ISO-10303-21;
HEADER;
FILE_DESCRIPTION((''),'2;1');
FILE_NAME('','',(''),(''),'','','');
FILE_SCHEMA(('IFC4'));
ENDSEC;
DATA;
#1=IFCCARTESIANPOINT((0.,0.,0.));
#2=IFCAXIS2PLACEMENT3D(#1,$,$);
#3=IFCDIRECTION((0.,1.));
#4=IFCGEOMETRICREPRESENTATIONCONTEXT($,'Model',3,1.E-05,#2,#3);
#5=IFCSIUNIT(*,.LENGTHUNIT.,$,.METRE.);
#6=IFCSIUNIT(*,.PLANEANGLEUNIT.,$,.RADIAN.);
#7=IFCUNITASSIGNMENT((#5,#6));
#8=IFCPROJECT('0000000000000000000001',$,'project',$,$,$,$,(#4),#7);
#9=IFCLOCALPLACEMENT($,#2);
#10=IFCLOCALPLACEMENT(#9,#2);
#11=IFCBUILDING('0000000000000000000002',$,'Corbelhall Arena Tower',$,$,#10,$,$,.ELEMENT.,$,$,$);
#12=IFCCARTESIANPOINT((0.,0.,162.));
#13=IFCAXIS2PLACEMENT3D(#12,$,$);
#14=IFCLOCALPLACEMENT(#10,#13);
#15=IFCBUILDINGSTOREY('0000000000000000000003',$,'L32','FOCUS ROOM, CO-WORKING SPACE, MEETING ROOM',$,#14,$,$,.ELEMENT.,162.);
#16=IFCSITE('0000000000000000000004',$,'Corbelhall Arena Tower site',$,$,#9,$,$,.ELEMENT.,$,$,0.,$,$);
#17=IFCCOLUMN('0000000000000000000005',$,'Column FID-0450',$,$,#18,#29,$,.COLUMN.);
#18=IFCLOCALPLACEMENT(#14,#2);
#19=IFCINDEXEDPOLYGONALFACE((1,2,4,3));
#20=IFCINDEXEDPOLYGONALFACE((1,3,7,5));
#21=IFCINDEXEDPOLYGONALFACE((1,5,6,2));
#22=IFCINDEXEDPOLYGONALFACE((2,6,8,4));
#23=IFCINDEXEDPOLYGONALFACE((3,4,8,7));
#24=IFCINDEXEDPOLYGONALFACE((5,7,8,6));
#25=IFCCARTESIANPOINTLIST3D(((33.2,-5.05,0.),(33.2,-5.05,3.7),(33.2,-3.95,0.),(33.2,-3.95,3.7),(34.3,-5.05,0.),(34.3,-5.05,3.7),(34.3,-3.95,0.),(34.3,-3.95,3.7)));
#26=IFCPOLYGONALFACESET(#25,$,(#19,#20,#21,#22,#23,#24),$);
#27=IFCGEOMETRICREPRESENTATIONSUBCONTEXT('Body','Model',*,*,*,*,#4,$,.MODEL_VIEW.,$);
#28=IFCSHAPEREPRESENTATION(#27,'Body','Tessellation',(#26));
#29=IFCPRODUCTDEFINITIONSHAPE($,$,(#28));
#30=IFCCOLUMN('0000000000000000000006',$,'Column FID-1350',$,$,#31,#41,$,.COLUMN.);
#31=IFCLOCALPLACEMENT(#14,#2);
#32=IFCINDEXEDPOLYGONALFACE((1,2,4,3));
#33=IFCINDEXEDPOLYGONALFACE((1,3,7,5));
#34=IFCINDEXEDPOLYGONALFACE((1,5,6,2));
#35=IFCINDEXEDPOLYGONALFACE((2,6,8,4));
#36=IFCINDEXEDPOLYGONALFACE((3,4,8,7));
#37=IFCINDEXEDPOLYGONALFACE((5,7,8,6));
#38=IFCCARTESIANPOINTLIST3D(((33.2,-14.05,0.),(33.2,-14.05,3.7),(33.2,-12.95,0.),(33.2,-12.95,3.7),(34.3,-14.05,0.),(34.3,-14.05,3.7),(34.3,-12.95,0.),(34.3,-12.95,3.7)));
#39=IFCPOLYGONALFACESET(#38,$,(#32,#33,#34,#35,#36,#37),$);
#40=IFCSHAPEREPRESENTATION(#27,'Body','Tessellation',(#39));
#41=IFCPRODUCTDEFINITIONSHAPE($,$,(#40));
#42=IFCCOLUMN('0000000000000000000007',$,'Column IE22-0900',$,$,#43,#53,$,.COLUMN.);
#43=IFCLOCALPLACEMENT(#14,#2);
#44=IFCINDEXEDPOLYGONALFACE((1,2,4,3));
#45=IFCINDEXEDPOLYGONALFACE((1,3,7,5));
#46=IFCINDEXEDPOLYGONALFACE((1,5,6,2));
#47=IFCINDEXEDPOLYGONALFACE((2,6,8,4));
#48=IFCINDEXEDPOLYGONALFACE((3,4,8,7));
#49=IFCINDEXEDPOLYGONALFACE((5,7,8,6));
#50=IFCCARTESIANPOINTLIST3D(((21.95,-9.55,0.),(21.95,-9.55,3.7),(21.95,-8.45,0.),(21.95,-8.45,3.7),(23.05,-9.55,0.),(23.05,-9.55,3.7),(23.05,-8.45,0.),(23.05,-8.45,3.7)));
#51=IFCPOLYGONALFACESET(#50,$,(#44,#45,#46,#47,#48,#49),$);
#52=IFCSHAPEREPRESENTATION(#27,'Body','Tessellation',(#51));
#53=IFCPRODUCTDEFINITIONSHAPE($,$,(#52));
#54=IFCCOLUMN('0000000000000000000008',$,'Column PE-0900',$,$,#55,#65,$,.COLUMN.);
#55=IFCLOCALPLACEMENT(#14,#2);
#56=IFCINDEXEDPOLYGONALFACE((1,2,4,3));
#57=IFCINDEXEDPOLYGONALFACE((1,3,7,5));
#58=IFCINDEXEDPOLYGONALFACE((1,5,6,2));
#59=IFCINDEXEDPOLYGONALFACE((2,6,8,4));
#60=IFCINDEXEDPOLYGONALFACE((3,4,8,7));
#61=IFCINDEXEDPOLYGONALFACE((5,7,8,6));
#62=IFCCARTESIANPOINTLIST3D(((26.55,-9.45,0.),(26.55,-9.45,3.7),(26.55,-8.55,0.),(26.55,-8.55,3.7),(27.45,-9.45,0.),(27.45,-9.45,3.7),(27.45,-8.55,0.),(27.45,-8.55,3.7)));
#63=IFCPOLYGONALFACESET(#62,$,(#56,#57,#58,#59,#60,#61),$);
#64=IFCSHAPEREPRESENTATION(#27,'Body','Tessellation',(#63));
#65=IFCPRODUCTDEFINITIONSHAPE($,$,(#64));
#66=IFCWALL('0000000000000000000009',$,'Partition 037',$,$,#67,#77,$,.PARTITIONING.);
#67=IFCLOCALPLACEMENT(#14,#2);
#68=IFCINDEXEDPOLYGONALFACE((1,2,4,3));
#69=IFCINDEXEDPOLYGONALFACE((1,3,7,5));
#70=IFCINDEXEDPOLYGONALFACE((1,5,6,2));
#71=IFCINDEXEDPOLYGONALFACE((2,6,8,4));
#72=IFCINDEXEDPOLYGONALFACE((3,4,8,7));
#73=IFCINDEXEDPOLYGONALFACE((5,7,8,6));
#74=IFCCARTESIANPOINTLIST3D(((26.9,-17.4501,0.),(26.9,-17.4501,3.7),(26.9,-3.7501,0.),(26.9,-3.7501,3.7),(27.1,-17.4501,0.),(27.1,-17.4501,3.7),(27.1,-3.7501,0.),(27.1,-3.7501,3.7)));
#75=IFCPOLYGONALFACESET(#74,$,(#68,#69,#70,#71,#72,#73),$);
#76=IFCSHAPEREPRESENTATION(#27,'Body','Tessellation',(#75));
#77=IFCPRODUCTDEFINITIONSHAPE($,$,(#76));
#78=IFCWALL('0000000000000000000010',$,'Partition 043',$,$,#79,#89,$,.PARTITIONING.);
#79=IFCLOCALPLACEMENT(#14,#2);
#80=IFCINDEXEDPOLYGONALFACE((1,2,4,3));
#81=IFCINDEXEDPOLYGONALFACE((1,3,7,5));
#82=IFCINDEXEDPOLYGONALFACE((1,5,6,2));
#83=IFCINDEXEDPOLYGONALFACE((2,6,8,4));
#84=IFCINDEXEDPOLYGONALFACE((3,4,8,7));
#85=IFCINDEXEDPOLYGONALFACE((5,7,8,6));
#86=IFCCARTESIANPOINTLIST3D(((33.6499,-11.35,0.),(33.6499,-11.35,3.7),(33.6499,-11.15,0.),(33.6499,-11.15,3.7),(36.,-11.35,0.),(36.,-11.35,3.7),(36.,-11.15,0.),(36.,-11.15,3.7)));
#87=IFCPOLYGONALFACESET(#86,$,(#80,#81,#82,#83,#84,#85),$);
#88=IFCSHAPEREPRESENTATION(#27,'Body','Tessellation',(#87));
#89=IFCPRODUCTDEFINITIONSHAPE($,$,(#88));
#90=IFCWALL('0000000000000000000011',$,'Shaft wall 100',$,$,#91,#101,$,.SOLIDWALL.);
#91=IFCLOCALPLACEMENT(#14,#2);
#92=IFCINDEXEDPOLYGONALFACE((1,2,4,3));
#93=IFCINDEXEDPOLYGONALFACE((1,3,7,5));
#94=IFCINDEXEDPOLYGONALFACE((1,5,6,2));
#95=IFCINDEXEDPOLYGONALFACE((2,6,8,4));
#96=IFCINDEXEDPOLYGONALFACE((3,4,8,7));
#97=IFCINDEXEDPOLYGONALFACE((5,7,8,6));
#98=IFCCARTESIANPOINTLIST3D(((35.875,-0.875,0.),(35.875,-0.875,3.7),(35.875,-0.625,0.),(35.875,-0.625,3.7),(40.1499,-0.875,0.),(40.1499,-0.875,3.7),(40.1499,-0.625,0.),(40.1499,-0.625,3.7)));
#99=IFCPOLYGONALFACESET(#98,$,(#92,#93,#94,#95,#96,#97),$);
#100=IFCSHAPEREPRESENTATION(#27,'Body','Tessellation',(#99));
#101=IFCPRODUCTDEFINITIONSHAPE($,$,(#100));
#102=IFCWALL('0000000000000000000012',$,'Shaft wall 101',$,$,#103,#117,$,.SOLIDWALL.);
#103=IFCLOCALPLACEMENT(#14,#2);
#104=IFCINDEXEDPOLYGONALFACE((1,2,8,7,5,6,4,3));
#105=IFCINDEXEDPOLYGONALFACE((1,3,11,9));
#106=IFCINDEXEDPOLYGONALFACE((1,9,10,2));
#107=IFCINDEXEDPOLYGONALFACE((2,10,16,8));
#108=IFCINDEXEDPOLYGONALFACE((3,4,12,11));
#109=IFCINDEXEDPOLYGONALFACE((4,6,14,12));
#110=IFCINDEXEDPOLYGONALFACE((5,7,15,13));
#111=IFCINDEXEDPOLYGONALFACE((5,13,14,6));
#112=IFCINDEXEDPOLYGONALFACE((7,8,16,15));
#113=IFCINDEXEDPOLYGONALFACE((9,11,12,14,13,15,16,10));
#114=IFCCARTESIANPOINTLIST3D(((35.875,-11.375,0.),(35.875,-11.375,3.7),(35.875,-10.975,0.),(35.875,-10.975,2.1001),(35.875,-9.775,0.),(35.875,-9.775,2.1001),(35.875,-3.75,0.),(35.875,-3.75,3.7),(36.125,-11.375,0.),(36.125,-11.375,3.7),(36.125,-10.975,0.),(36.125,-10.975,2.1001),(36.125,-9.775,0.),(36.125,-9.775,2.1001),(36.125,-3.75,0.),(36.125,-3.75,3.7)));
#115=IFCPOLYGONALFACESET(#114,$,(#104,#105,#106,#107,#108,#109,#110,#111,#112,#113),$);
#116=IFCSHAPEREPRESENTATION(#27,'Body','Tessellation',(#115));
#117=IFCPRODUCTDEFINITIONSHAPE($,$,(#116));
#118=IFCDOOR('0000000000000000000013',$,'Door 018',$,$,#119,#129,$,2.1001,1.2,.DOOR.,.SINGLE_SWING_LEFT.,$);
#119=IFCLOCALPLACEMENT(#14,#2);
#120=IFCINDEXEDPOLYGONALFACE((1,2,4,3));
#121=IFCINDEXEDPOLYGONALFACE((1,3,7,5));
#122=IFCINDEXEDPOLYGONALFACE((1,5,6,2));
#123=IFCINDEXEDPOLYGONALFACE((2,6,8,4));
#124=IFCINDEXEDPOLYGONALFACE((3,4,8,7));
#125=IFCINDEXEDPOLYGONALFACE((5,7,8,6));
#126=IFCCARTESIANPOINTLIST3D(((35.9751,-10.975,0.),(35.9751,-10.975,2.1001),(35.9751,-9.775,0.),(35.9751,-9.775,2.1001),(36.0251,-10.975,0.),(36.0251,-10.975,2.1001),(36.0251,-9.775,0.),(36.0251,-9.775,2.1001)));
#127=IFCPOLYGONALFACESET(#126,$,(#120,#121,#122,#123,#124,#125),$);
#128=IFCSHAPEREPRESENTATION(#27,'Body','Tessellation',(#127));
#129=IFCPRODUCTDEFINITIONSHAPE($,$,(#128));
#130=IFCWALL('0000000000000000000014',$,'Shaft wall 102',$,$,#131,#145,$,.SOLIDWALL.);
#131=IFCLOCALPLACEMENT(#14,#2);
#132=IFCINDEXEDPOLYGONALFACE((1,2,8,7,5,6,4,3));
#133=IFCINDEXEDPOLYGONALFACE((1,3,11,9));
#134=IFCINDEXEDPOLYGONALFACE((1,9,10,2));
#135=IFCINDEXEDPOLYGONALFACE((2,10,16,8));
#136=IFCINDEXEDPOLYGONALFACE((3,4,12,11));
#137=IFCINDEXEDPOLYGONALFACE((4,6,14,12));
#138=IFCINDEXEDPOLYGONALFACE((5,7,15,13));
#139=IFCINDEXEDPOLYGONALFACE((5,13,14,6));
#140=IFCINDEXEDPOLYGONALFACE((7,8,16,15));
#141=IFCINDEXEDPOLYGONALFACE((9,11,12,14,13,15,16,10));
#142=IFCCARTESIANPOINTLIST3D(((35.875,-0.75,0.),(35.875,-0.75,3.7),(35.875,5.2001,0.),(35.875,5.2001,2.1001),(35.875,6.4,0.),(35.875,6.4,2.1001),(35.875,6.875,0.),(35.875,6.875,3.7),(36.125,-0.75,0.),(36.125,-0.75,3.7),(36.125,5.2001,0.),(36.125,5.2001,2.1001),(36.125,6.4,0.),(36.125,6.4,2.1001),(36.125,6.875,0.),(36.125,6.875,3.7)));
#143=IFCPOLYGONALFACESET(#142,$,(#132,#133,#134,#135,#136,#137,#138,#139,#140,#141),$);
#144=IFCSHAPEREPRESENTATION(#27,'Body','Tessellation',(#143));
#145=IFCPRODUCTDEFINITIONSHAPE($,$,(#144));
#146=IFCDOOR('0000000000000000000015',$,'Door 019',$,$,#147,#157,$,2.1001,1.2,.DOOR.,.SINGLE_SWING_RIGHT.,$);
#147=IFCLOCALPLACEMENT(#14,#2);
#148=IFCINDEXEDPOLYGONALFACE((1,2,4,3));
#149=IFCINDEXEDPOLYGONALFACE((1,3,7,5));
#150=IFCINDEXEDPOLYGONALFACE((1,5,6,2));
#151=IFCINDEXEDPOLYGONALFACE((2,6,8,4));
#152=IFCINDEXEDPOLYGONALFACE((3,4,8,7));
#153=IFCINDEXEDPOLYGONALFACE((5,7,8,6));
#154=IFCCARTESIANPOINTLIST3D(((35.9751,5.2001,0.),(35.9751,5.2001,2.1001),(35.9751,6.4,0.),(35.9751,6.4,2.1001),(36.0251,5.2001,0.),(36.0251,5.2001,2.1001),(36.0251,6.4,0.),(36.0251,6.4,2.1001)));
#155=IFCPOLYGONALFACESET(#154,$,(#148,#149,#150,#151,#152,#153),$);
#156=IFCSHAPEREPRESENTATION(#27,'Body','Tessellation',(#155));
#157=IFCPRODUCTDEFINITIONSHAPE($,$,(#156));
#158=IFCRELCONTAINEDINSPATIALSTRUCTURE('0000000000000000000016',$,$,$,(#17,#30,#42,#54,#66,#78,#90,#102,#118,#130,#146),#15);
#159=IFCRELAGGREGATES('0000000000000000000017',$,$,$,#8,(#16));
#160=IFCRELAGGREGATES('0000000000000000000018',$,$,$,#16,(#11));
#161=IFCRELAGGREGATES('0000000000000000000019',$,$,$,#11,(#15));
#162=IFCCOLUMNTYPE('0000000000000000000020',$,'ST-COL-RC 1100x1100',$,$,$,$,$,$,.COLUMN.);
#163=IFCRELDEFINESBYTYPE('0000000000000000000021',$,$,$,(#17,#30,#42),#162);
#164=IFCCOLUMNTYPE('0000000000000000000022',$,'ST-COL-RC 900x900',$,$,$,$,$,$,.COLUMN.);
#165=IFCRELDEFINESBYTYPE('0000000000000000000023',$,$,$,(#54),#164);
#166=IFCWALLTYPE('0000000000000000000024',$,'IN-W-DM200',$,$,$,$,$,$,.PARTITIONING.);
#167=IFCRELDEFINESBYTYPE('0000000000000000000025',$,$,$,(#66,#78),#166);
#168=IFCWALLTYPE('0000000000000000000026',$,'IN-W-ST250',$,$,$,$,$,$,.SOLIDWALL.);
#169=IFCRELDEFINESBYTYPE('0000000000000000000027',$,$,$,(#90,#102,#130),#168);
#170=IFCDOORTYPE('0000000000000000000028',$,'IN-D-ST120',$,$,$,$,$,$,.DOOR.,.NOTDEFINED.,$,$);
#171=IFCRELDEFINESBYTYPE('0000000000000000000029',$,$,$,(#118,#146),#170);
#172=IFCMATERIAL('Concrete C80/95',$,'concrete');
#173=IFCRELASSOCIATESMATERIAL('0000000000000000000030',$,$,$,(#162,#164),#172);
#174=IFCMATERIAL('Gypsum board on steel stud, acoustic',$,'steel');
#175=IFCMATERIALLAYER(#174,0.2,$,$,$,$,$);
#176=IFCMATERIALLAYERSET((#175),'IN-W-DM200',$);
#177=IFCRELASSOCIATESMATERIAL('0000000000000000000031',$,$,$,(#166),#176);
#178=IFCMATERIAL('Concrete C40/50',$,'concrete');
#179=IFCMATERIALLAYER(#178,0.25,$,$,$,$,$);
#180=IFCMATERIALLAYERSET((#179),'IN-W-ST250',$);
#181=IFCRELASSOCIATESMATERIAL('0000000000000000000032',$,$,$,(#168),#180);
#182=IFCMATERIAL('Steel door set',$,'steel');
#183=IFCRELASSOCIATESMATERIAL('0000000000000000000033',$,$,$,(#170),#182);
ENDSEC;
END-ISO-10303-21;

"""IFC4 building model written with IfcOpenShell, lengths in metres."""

from ifc_helpers import new_model, si_unit, direction, frame, frame_2d, origin, origin_2d, place, context, subcontext, project, spatial, rectangle, extrude, material, layer, layer_set, material_profile, profile_set, type_object, element, fill, save


model = new_model("IFC4")

# Units and contexts
model_context = context("Model", 3, precision=1e-05, world=origin(), true_north=direction((0.0, 1.0)))
body_context = subcontext(model_context, "Body", "Model", "MODEL_VIEW")
ifc_project = project(units=[si_unit("LENGTHUNIT", "METRE"), si_unit("PLANEANGLEUNIT", "RADIAN")], contexts=[model_context])

# Site, building, storey
site_placement = place(None, origin())
site = spatial("IfcSite", under=ifc_project, at=site_placement, Name="Corbelhall Arena Tower site", CompositionType="ELEMENT", RefElevation=0.0)
building_placement = place(site_placement, origin())
building = spatial("IfcBuilding", under=site, at=building_placement, Name="Corbelhall Arena Tower", CompositionType="ELEMENT")
storey_placement = place(building_placement, frame((0.0, 0.0, 162.0)))
storey = spatial("IfcBuildingStorey", under=building, at=storey_placement, Name="L32", Description="FOCUS ROOM, CO-WORKING SPACE, MEETING ROOM", CompositionType="ELEMENT", Elevation=162.0)

# Columns
ifc_material_1 = material(Name="Concrete C80/95", Category="concrete")
ifc_material_profile_1 = material_profile(ifc_material_1, rectangle(XDim=1.1001, YDim=1.1001, at=origin_2d()))
ifc_profile_set_1 = profile_set([ifc_material_profile_1], Name="Concrete C80/95")
column_type_1 = type_object("IfcColumnType", Name="ST-COL-RC 1100x1100", PredefinedType="COLUMN", material=ifc_profile_set_1)
for number, where, z_axis, x_axis, name in (
    (1, (33.75, -4.5, 0.0), (0.0, 0.0, 1.0), (1.0, 0.0, 0.0), "Column FID-0450"),
    (2, (33.75, -13.5, 0.0), (0.0, 0.0, 1.0), (1.0, 0.0, 0.0), "Column FID-1350"),
    (3, (22.5, -9.0, 0.0), (0.0, 0.0, 1.0), (1.0, 0.0, 0.0), "Column IE22-0900"),
):
    element("IfcColumn", number, at=place(storey_placement, frame(where, z_axis=z_axis, x_axis=x_axis)), inside=storey, type_object=column_type_1, Name=name, PredefinedType="COLUMN", context=body_context, shape_type="SweptSolid", body=[
        extrude(rectangle(XDim=1.1001, YDim=1.1001, at=origin_2d()), origin(), (0.0, 0.0, 1.0), 3.7),
    ])
ifc_material_profile_2 = material_profile(ifc_material_1, rectangle(XDim=0.8999, YDim=0.8999, at=origin_2d()))
ifc_profile_set_2 = profile_set([ifc_material_profile_2], Name="Concrete C80/95")
column_type_2 = type_object("IfcColumnType", Name="ST-COL-RC 900x900", PredefinedType="COLUMN", material=ifc_profile_set_2)
column_placement = place(storey_placement, frame((27.0, -9.0, 0.0), z_axis=(0.0, 0.0, 1.0), x_axis=(1.0, 0.0, 0.0)))
element("IfcColumn", 4, at=column_placement, inside=storey, type_object=column_type_2, Name="Column PE-0900", PredefinedType="COLUMN", context=body_context, shape_type="SweptSolid", body=[
    extrude(rectangle(XDim=0.8999, YDim=0.8999, at=origin_2d()), origin(), (0.0, 0.0, 1.0), 3.7),
])

# Wall
ifc_material_2 = material(Name="Gypsum board on steel stud, acoustic", Category="steel")
ifc_layer_1 = layer(ifc_material_2, 0.2)
ifc_layer_set_1 = layer_set([ifc_layer_1], Name="IN-W-DM200")
wall_type_1 = type_object("IfcWallType", Name="IN-W-DM200", PredefinedType="PARTITIONING", material=ifc_layer_set_1)
wall_1_placement = place(storey_placement, frame((27.0, -3.75, 0.0), z_axis=(0.0, 0.0, 1.0), x_axis=(0.0, -1.0, 0.0)))
element("IfcWall", 5, at=wall_1_placement, inside=storey, type_object=wall_type_1, Name="Partition 037", PredefinedType="PARTITIONING", context=body_context, shape_type="SweptSolid", body=[
    extrude(rectangle(XDim=13.7, YDim=0.2, at=frame_2d((6.8501, 0.0))), origin(), (0.0, 0.0, 1.0), 3.7),
])

# Shared definitions
ifc_material_3 = material(Name="Steel door set", Category="steel")

# Walls
wall_2_placement = place(storey_placement, frame((36.0, -11.25, 0.0), z_axis=(0.0, 0.0, 1.0), x_axis=(-1.0, 0.0, 0.0)))
element("IfcWall", 6, at=wall_2_placement, inside=storey, type_object=wall_type_1, Name="Partition 043", PredefinedType="PARTITIONING", context=body_context, shape_type="SweptSolid", body=[
    extrude(rectangle(XDim=2.3501, YDim=0.2, at=frame_2d((1.175, 0.0))), origin(), (0.0, 0.0, 1.0), 3.7),
])
ifc_material_4 = material(Name="Concrete C40/50", Category="concrete")
ifc_layer_2 = layer(ifc_material_4, 0.25)
ifc_layer_set_2 = layer_set([ifc_layer_2], Name="IN-W-ST250")
wall_type_2 = type_object("IfcWallType", Name="IN-W-ST250", PredefinedType="SOLIDWALL", material=ifc_layer_set_2)
wall_3_placement = place(storey_placement, frame((35.875, -0.75, 0.0), z_axis=(0.0, 0.0, 1.0), x_axis=(1.0, 0.0, 0.0)))
element("IfcWall", 7, at=wall_3_placement, inside=storey, type_object=wall_type_2, Name="Shaft wall 100", PredefinedType="SOLIDWALL", context=body_context, shape_type="SweptSolid", body=[
    extrude(rectangle(XDim=4.2749, YDim=0.25, at=frame_2d((2.1375, 0.0))), origin(), (0.0, 0.0, 1.0), 3.7),
])

# Walls, openings, doors
wall_4_placement = place(storey_placement, frame((36.0, -11.375, 0.0), z_axis=(0.0, 0.0, 1.0), x_axis=(0.0, 1.0, 0.0)))
wall_4 = element("IfcWall", 8, at=wall_4_placement, inside=storey, type_object=wall_type_2, Name="Shaft wall 101", PredefinedType="SOLIDWALL", context=body_context, shape_type="SweptSolid", body=[
    extrude(rectangle(XDim=7.625, YDim=0.25, at=frame_2d((3.8125, 0.0))), origin(), (0.0, 0.0, 1.0), 3.7),
])
opening_1_placement = place(wall_4_placement, frame((0.3999, 0.0, 0.0)))
opening_1 = element("IfcOpeningElement", 9, at=opening_1_placement, cuts=wall_4, PredefinedType="OPENING", context=body_context, shape_type="SweptSolid", body=[
    extrude(rectangle(XDim=1.2, YDim=2.1001, at=frame_2d((0.6001, 1.05))), frame((0.0, 0.125, 0.0), z_axis=(0.0, -1.0, 0.0), x_axis=(1.0, 0.0, 0.0)), (0.0, 0.0, 1.0), 0.25),
])
door_type_1 = type_object("IfcDoorType", Name="IN-D-ST120", OperationType="NOTDEFINED", PredefinedType="DOOR", material=ifc_material_3)
door_1_placement = place(opening_1_placement, origin())
door_1 = element("IfcDoor", 10, at=door_1_placement, inside=storey, type_object=door_type_1, Name="Door 018", OperationType="SINGLE_SWING_LEFT", OverallHeight=2.1001, OverallWidth=1.2, PredefinedType="DOOR", context=body_context, shape_type="SweptSolid", body=[
    extrude(rectangle(XDim=1.2, YDim=2.1001, at=frame_2d((0.6001, 1.05))), frame((0.0, 0.0249, 0.0), z_axis=(0.0, -1.0, 0.0), x_axis=(1.0, 0.0, 0.0)), (0.0, 0.0, 1.0), 0.05),
])
fill(opening_1, door_1)
wall_5_placement = place(storey_placement, frame((36.0, -0.75, 0.0), z_axis=(0.0, 0.0, 1.0), x_axis=(0.0, 1.0, 0.0)))
wall_5 = element("IfcWall", 11, at=wall_5_placement, inside=storey, type_object=wall_type_2, Name="Shaft wall 102", PredefinedType="SOLIDWALL", context=body_context, shape_type="SweptSolid", body=[
    extrude(rectangle(XDim=7.625, YDim=0.25, at=frame_2d((3.8125, 0.0))), origin(), (0.0, 0.0, 1.0), 3.7),
])
opening_2_placement = place(wall_5_placement, frame((5.95, 0.0, 0.0)))
opening_2 = element("IfcOpeningElement", 12, at=opening_2_placement, cuts=wall_5, PredefinedType="OPENING", context=body_context, shape_type="SweptSolid", body=[
    extrude(rectangle(XDim=1.2, YDim=2.1001, at=frame_2d((0.6001, 1.05))), frame((0.0, 0.125, 0.0), z_axis=(0.0, -1.0, 0.0), x_axis=(1.0, 0.0, 0.0)), (0.0, 0.0, 1.0), 0.25),
])
door_2_placement = place(opening_2_placement, origin())
door_2 = element("IfcDoor", 13, at=door_2_placement, inside=storey, type_object=door_type_1, Name="Door 019", OperationType="SINGLE_SWING_RIGHT", OverallHeight=2.1001, OverallWidth=1.2, PredefinedType="DOOR", context=body_context, shape_type="SweptSolid", body=[
    extrude(rectangle(XDim=1.2, YDim=2.1001, at=frame_2d((0.6001, 1.05))), frame((0.0, 0.0249, 0.0), z_axis=(0.0, -1.0, 0.0), x_axis=(1.0, 0.0, 0.0)), (0.0, 0.0, 1.0), 0.05),
])
fill(opening_2, door_2)

save(model, "model.ifc")
